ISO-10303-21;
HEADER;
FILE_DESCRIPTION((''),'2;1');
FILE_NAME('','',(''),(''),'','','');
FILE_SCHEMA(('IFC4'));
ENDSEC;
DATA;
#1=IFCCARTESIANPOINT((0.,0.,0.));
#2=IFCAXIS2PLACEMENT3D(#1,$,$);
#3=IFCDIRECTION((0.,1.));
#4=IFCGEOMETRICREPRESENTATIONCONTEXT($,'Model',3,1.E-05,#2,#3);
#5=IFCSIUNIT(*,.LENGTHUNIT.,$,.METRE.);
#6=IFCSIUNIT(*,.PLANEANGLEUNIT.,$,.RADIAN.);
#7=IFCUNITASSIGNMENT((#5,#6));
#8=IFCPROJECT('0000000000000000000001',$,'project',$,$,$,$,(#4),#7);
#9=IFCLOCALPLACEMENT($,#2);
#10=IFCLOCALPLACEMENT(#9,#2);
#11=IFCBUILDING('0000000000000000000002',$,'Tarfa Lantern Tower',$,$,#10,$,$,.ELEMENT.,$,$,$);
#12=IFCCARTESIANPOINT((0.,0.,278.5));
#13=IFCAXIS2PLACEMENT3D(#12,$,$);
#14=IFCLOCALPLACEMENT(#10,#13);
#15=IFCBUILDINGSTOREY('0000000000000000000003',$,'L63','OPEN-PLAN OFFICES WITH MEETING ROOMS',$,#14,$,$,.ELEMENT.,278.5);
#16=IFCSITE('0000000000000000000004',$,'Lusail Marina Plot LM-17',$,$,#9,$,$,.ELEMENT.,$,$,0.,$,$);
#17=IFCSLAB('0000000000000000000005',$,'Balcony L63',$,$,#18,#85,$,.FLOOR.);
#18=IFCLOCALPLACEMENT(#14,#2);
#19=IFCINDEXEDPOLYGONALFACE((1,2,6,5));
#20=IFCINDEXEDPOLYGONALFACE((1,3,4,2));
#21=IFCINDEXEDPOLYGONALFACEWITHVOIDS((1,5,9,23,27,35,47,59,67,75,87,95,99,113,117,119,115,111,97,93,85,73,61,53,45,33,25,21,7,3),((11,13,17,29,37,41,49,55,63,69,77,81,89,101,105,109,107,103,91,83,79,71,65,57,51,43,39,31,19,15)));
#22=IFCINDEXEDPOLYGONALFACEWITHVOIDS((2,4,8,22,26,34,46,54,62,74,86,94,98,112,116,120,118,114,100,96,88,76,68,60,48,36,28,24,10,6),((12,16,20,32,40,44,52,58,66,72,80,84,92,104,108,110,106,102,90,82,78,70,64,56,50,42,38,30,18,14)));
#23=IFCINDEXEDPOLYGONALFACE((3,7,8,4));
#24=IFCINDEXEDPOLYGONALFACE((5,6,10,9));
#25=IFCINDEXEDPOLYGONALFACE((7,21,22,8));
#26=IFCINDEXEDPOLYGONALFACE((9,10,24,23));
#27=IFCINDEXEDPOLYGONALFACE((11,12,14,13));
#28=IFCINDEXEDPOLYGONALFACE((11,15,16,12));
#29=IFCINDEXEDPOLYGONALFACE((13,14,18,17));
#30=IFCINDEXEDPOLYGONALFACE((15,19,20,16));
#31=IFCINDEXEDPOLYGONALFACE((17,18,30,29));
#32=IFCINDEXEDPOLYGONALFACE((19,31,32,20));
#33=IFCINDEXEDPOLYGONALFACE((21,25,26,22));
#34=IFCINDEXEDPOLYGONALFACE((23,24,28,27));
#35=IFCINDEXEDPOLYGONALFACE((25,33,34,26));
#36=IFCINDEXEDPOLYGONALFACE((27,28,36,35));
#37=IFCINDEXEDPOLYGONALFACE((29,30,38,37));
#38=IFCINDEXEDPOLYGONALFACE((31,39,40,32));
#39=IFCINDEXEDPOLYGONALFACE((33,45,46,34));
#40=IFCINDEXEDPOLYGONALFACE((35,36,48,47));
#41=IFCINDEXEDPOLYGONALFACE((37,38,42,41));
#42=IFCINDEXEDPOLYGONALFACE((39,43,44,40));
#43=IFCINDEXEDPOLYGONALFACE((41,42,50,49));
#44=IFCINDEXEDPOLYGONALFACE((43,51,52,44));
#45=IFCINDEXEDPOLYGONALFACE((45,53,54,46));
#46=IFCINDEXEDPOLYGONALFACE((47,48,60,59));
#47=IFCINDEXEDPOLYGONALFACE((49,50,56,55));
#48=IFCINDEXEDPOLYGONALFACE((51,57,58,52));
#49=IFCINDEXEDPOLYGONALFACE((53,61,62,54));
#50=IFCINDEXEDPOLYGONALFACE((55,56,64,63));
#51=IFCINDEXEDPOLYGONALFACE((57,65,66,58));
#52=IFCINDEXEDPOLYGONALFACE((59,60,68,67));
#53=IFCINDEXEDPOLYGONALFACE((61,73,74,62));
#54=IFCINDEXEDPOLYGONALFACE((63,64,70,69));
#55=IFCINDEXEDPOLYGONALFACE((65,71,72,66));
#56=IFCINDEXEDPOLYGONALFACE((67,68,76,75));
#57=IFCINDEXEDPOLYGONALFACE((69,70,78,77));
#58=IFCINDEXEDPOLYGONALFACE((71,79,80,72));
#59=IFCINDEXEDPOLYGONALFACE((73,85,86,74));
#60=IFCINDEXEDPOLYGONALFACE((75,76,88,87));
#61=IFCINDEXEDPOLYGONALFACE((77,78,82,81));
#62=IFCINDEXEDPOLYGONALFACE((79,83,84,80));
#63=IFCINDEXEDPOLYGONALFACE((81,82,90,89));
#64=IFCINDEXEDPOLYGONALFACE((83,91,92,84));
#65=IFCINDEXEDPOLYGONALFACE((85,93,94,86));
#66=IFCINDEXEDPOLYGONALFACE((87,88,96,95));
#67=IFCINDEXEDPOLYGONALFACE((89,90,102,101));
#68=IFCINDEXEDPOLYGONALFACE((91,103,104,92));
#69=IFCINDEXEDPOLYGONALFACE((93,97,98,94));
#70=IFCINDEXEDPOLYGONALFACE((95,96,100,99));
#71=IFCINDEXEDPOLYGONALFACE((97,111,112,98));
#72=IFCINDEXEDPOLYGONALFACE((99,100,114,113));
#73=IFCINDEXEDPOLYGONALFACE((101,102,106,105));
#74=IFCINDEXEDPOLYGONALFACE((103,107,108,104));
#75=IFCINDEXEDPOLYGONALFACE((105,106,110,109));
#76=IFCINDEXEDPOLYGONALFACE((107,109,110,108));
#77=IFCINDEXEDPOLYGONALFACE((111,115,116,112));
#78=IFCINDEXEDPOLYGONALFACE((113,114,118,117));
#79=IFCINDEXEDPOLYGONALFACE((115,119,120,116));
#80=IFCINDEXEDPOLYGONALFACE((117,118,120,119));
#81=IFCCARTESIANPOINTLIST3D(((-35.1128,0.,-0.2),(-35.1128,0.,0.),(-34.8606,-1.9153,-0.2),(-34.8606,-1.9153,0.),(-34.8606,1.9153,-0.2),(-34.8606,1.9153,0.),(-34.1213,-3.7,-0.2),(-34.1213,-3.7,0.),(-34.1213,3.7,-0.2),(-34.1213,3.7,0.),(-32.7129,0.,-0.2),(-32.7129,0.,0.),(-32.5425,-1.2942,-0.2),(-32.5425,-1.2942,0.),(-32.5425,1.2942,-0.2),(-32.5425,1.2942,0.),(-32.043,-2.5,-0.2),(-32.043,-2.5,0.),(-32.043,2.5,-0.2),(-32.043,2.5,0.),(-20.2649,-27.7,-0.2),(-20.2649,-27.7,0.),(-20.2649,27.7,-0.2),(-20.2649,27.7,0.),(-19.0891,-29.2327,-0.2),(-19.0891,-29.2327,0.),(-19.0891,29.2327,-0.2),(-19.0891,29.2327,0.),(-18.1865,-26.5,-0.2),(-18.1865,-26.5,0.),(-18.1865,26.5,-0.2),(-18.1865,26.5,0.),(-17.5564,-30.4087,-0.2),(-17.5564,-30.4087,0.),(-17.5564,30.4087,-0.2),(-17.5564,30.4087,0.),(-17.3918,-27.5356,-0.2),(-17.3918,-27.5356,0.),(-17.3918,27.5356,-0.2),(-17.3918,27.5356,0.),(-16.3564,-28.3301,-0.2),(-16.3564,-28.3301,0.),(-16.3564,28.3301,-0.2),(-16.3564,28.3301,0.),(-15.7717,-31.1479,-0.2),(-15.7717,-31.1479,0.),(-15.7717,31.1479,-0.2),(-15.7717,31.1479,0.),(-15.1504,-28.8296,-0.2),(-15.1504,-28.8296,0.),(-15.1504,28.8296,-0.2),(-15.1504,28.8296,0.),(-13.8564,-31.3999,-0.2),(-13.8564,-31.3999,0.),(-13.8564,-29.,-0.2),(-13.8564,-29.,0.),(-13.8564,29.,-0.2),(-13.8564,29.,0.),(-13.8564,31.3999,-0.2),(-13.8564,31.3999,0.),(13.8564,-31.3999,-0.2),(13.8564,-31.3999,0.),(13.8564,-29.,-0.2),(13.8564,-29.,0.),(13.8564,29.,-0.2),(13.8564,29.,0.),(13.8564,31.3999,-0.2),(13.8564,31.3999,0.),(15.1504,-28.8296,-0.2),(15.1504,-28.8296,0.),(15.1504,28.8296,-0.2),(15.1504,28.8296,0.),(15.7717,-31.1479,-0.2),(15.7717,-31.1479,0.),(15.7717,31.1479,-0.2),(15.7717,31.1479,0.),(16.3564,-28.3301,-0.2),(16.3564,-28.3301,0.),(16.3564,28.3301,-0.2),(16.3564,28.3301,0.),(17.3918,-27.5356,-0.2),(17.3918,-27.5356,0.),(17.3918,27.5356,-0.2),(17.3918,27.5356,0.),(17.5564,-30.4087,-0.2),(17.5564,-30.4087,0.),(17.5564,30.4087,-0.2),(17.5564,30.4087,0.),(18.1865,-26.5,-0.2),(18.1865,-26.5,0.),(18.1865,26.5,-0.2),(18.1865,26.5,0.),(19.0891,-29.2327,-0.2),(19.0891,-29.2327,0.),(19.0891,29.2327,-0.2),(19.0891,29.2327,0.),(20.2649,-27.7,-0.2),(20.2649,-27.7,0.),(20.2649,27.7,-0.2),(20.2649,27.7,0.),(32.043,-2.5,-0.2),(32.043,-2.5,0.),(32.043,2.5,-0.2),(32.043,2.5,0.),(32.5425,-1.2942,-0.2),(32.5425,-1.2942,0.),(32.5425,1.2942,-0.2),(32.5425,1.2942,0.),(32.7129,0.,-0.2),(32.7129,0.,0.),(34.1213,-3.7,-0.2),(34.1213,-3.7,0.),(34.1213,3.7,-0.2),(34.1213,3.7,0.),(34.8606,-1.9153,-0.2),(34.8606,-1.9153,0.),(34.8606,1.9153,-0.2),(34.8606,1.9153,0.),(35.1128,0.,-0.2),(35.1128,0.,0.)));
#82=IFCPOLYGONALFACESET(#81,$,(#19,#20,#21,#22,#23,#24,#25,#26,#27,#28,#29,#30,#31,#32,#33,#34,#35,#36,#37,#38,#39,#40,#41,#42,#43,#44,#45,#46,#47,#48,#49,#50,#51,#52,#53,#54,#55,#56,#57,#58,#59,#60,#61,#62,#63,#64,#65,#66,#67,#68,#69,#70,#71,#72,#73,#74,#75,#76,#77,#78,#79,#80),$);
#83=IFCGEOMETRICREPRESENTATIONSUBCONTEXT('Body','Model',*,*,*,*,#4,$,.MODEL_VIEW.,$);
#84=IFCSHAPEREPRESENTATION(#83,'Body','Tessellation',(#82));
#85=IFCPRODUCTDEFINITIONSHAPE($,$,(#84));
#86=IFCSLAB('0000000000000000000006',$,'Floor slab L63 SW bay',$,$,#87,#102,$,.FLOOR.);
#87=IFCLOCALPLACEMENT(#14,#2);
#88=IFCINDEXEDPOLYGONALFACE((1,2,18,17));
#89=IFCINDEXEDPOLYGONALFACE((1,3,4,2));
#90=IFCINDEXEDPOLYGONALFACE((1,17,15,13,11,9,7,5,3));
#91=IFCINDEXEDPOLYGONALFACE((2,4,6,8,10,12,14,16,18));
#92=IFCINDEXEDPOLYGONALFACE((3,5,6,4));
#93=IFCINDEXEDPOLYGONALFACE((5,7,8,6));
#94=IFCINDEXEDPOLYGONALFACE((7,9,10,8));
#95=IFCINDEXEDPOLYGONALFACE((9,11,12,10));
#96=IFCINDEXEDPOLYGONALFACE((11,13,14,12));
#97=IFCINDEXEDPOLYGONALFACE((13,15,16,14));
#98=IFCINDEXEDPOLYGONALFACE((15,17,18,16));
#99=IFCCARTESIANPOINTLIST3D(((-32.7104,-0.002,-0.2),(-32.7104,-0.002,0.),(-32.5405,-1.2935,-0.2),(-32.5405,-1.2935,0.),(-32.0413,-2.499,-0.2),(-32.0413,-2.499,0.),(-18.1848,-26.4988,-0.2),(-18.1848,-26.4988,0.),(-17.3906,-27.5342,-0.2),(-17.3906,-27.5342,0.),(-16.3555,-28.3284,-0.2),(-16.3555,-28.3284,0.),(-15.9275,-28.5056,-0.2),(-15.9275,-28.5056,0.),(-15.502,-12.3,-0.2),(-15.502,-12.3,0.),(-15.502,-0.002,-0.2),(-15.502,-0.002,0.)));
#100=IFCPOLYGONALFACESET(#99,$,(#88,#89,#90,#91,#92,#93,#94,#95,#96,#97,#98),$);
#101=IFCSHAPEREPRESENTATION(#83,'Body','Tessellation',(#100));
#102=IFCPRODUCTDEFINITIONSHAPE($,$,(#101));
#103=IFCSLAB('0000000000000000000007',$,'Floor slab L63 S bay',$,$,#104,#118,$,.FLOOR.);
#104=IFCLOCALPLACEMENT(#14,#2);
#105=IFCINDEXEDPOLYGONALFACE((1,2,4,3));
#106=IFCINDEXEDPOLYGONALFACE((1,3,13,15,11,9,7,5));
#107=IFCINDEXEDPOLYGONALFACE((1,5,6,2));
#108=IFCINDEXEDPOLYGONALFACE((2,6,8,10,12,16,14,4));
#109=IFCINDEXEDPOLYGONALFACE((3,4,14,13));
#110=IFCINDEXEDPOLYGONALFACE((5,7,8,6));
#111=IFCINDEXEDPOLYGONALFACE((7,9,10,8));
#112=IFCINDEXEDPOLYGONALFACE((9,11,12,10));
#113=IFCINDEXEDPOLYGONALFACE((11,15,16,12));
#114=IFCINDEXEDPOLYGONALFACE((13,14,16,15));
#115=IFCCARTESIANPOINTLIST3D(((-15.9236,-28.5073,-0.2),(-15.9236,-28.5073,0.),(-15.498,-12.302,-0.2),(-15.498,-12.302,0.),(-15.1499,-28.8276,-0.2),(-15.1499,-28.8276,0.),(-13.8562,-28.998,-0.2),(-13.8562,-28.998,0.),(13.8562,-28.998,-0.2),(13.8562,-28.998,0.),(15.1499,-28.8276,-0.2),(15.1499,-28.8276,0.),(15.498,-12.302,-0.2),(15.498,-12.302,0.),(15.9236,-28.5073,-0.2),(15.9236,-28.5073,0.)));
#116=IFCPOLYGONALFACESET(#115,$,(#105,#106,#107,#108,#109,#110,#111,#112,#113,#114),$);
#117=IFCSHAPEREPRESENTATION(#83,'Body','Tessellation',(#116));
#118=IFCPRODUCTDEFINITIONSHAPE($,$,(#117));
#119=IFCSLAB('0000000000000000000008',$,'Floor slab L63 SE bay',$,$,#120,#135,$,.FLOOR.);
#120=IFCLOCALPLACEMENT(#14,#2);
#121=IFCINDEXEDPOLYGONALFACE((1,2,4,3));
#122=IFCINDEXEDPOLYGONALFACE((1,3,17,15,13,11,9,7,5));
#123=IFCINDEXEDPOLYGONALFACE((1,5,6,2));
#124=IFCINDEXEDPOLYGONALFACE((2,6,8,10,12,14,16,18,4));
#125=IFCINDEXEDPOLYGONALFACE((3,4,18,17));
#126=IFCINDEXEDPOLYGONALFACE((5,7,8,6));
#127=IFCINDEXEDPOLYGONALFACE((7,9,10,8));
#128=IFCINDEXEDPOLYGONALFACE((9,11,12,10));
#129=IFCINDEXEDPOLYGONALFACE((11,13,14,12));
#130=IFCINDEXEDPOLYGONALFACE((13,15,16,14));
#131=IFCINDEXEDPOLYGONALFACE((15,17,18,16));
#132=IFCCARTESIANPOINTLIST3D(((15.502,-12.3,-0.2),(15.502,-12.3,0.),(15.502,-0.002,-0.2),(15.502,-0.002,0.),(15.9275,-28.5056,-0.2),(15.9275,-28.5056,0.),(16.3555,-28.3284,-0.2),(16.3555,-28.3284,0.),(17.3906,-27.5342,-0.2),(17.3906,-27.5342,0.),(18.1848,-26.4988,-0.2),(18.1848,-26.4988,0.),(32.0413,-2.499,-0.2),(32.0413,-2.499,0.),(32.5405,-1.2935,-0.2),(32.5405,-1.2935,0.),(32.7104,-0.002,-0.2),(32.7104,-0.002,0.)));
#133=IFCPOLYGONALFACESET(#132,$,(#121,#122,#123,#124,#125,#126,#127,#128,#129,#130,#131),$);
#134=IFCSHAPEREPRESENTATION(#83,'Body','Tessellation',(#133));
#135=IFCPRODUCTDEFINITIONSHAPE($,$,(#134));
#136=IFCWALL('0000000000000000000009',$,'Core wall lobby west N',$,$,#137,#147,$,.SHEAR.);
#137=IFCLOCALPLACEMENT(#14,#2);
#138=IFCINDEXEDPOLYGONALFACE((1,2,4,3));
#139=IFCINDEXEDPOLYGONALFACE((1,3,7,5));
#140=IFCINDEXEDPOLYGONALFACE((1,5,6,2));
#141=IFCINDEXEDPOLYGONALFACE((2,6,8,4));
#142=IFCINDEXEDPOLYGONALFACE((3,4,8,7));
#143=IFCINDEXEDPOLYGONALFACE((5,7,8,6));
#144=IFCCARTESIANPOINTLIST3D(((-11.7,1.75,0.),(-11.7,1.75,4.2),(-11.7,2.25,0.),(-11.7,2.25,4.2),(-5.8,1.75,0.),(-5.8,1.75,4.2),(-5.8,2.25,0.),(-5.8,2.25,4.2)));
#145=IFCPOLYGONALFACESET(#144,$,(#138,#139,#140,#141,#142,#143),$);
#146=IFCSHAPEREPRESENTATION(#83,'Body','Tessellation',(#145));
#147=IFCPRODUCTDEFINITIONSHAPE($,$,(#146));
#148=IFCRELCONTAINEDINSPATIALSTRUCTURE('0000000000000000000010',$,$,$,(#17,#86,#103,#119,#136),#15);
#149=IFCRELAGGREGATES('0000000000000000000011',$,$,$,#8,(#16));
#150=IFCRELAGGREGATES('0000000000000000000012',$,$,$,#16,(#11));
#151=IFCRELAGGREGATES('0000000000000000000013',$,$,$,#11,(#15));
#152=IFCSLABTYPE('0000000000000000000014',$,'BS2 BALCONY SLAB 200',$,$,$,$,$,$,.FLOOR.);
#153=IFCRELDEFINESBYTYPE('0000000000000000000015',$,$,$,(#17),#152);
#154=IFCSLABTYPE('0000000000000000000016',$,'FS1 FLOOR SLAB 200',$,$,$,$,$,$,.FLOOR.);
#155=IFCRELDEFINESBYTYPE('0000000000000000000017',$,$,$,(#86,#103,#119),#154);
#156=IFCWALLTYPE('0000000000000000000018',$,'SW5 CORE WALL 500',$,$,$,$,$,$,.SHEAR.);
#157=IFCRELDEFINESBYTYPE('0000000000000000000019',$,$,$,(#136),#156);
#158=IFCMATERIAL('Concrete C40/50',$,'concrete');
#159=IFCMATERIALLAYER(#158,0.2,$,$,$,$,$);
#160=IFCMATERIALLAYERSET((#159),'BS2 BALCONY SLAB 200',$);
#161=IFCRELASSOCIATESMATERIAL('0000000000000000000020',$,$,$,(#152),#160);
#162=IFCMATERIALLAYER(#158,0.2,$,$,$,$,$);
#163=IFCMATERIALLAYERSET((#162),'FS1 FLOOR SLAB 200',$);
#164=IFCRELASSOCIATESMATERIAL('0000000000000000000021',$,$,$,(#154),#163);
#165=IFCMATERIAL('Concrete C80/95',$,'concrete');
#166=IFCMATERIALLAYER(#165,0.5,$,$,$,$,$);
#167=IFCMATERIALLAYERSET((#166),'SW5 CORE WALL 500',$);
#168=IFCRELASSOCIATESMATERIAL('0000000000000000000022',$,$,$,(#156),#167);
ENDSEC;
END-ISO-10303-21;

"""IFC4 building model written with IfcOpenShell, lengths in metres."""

from ifc_helpers import new_model, si_unit, direction, frame, frame_2d, origin, place, context, subcontext, project, spatial, polyline, rectangle, outline, extrude, material, layer, layer_set, type_object, element, save


model = new_model("IFC4")

# Units and contexts
model_context = context("Model", 3, precision=1e-05, world=origin(), true_north=direction((0.0, 1.0)))
body_context = subcontext(model_context, "Body", "Model", "MODEL_VIEW")
ifc_project = project(units=[si_unit("LENGTHUNIT", "METRE"), si_unit("PLANEANGLEUNIT", "RADIAN")], contexts=[model_context])

# Site, building, storey
site_placement = place(None, origin())
site = spatial("IfcSite", under=ifc_project, at=site_placement, Name="Lusail Marina Plot LM-17", CompositionType="ELEMENT", RefElevation=0.0)
building_placement = place(site_placement, origin())
building = spatial("IfcBuilding", under=site, at=building_placement, Name="Tarfa Lantern Tower", CompositionType="ELEMENT")
storey_placement = place(building_placement, frame((0.0, 0.0, 278.5)))
storey = spatial("IfcBuildingStorey", under=building, at=storey_placement, Name="L63", Description="OPEN-PLAN OFFICES WITH MEETING ROOMS", CompositionType="ELEMENT", Elevation=278.5)

# Slabs
ifc_material_1 = material(Name="Concrete C40/50", Category="concrete")
ifc_layer_1 = layer(ifc_material_1, 0.2)
ifc_layer_set_1 = layer_set([ifc_layer_1], Name="BS2 BALCONY SLAB 200")
slab_type_1 = type_object("IfcSlabType", Name="BS2 BALCONY SLAB 200", PredefinedType="FLOOR", material=ifc_layer_set_1)
slab_1_placement = place(storey_placement, frame((0.0, 0.0, -0.2)))
element("IfcSlab", 1, at=slab_1_placement, inside=storey, type_object=slab_type_1, Name="Balcony L63", PredefinedType="FLOOR", context=body_context, shape_type="SweptSolid", body=[
    extrude(outline(polyline([(34.1213, 3.7), (20.2649, 27.7), (19.0891, 29.2327), (17.5564, 30.4087), (15.7717, 31.1479), (13.8564, 31.3999), (-13.8564, 31.3999), (-15.7717, 31.1479), (-17.5564, 30.4087), (-19.0891, 29.2327), (-20.2649, 27.7), (-34.1213, 3.7), (-34.8606, 1.9153), (-35.1128, 0.0), (-34.8606, -1.9153), (-34.1213, -3.7), (-20.2649, -27.7), (-19.0891, -29.2327), (-17.5564, -30.4087), (-15.7717, -31.1479), (-13.8564, -31.3999), (13.8564, -31.3999), (15.7717, -31.1479), (17.5564, -30.4087), (19.0891, -29.2327), (20.2649, -27.7), (34.1213, -3.7), (34.8606, -1.9153), (35.1128, 0.0), (34.8606, 1.9153), (34.1213, 3.7)]), holes=[polyline([(32.043, 2.5), (18.1865, 26.5), (17.3918, 27.5356), (16.3564, 28.3301), (15.1504, 28.8296), (13.8564, 29.0), (-13.8564, 29.0), (-15.1504, 28.8296), (-16.3564, 28.3301), (-17.3918, 27.5356), (-18.1865, 26.5), (-32.043, 2.5), (-32.5425, 1.2942), (-32.7129, 0.0), (-32.5425, -1.2942), (-32.043, -2.5), (-18.1865, -26.5), (-17.3918, -27.5356), (-16.3564, -28.3301), (-15.1504, -28.8296), (-13.8564, -29.0), (13.8564, -29.0), (15.1504, -28.8296), (16.3564, -28.3301), (17.3918, -27.5356), (18.1865, -26.5), (32.043, -2.5), (32.5425, -1.2942), (32.7129, 0.0), (32.5425, 1.2942), (32.043, 2.5)])]), origin(), (0.0, 0.0, 1.0), 0.2),
])
ifc_layer_2 = layer(ifc_material_1, 0.2)
ifc_layer_set_2 = layer_set([ifc_layer_2], Name="FS1 FLOOR SLAB 200")
slab_type_2 = type_object("IfcSlabType", Name="FS1 FLOOR SLAB 200", PredefinedType="FLOOR", material=ifc_layer_set_2)
slab_2_placement = place(storey_placement, frame((0.0, 0.0, -0.2)))
element("IfcSlab", 2, at=slab_2_placement, inside=storey, type_object=slab_type_2, Name="Floor slab L63 SW bay", PredefinedType="FLOOR", context=body_context, shape_type="SweptSolid", body=[
    extrude(outline(polyline([(-15.502, -12.3), (-15.502, -0.002), (-32.7104, -0.002), (-32.5405, -1.2935), (-32.0413, -2.499), (-18.1848, -26.4988), (-17.3906, -27.5342), (-16.3555, -28.3284), (-15.9275, -28.5056), (-15.502, -12.3)])), origin(), (0.0, 0.0, 1.0), 0.2),
])
slab_3_placement = place(storey_placement, frame((0.0, 0.0, -0.2)))
element("IfcSlab", 3, at=slab_3_placement, inside=storey, type_object=slab_type_2, Name="Floor slab L63 S bay", PredefinedType="FLOOR", context=body_context, shape_type="SweptSolid", body=[
    extrude(outline(polyline([(15.498, -12.302), (-15.498, -12.302), (-15.9236, -28.5073), (-15.1499, -28.8276), (-13.8562, -28.998), (13.8562, -28.998), (15.1499, -28.8276), (15.9236, -28.5073), (15.498, -12.302)])), origin(), (0.0, 0.0, 1.0), 0.2),
])
slab_4_placement = place(storey_placement, frame((0.0, 0.0, -0.2)))
element("IfcSlab", 4, at=slab_4_placement, inside=storey, type_object=slab_type_2, Name="Floor slab L63 SE bay", PredefinedType="FLOOR", context=body_context, shape_type="SweptSolid", body=[
    extrude(outline(polyline([(15.502, -0.002), (15.502, -12.3), (15.9275, -28.5056), (16.3555, -28.3284), (17.3906, -27.5342), (18.1848, -26.4988), (32.0413, -2.499), (32.5405, -1.2935), (32.7104, -0.002), (15.502, -0.002)])), origin(), (0.0, 0.0, 1.0), 0.2),
])

# Wall
ifc_material_2 = material(Name="Concrete C80/95", Category="concrete")
ifc_layer_3 = layer(ifc_material_2, 0.5)
ifc_layer_set_3 = layer_set([ifc_layer_3], Name="SW5 CORE WALL 500")
wall_type = type_object("IfcWallType", Name="SW5 CORE WALL 500", PredefinedType="SHEAR", material=ifc_layer_set_3)
wall_1_placement = place(storey_placement, frame((-11.7, 2.0, 0.0), z_axis=(0.0, 0.0, 1.0), x_axis=(1.0, 0.0, 0.0)))
element("IfcWall", 5, at=wall_1_placement, inside=storey, type_object=wall_type, Name="Core wall lobby west N", PredefinedType="SHEAR", context=body_context, shape_type="SweptSolid", body=[
    extrude(rectangle(XDim=5.8999, YDim=0.5, at=frame_2d((2.95, 0.0))), origin(), (0.0, 0.0, 1.0), 4.2),
])

save(model, "model.ifc")
